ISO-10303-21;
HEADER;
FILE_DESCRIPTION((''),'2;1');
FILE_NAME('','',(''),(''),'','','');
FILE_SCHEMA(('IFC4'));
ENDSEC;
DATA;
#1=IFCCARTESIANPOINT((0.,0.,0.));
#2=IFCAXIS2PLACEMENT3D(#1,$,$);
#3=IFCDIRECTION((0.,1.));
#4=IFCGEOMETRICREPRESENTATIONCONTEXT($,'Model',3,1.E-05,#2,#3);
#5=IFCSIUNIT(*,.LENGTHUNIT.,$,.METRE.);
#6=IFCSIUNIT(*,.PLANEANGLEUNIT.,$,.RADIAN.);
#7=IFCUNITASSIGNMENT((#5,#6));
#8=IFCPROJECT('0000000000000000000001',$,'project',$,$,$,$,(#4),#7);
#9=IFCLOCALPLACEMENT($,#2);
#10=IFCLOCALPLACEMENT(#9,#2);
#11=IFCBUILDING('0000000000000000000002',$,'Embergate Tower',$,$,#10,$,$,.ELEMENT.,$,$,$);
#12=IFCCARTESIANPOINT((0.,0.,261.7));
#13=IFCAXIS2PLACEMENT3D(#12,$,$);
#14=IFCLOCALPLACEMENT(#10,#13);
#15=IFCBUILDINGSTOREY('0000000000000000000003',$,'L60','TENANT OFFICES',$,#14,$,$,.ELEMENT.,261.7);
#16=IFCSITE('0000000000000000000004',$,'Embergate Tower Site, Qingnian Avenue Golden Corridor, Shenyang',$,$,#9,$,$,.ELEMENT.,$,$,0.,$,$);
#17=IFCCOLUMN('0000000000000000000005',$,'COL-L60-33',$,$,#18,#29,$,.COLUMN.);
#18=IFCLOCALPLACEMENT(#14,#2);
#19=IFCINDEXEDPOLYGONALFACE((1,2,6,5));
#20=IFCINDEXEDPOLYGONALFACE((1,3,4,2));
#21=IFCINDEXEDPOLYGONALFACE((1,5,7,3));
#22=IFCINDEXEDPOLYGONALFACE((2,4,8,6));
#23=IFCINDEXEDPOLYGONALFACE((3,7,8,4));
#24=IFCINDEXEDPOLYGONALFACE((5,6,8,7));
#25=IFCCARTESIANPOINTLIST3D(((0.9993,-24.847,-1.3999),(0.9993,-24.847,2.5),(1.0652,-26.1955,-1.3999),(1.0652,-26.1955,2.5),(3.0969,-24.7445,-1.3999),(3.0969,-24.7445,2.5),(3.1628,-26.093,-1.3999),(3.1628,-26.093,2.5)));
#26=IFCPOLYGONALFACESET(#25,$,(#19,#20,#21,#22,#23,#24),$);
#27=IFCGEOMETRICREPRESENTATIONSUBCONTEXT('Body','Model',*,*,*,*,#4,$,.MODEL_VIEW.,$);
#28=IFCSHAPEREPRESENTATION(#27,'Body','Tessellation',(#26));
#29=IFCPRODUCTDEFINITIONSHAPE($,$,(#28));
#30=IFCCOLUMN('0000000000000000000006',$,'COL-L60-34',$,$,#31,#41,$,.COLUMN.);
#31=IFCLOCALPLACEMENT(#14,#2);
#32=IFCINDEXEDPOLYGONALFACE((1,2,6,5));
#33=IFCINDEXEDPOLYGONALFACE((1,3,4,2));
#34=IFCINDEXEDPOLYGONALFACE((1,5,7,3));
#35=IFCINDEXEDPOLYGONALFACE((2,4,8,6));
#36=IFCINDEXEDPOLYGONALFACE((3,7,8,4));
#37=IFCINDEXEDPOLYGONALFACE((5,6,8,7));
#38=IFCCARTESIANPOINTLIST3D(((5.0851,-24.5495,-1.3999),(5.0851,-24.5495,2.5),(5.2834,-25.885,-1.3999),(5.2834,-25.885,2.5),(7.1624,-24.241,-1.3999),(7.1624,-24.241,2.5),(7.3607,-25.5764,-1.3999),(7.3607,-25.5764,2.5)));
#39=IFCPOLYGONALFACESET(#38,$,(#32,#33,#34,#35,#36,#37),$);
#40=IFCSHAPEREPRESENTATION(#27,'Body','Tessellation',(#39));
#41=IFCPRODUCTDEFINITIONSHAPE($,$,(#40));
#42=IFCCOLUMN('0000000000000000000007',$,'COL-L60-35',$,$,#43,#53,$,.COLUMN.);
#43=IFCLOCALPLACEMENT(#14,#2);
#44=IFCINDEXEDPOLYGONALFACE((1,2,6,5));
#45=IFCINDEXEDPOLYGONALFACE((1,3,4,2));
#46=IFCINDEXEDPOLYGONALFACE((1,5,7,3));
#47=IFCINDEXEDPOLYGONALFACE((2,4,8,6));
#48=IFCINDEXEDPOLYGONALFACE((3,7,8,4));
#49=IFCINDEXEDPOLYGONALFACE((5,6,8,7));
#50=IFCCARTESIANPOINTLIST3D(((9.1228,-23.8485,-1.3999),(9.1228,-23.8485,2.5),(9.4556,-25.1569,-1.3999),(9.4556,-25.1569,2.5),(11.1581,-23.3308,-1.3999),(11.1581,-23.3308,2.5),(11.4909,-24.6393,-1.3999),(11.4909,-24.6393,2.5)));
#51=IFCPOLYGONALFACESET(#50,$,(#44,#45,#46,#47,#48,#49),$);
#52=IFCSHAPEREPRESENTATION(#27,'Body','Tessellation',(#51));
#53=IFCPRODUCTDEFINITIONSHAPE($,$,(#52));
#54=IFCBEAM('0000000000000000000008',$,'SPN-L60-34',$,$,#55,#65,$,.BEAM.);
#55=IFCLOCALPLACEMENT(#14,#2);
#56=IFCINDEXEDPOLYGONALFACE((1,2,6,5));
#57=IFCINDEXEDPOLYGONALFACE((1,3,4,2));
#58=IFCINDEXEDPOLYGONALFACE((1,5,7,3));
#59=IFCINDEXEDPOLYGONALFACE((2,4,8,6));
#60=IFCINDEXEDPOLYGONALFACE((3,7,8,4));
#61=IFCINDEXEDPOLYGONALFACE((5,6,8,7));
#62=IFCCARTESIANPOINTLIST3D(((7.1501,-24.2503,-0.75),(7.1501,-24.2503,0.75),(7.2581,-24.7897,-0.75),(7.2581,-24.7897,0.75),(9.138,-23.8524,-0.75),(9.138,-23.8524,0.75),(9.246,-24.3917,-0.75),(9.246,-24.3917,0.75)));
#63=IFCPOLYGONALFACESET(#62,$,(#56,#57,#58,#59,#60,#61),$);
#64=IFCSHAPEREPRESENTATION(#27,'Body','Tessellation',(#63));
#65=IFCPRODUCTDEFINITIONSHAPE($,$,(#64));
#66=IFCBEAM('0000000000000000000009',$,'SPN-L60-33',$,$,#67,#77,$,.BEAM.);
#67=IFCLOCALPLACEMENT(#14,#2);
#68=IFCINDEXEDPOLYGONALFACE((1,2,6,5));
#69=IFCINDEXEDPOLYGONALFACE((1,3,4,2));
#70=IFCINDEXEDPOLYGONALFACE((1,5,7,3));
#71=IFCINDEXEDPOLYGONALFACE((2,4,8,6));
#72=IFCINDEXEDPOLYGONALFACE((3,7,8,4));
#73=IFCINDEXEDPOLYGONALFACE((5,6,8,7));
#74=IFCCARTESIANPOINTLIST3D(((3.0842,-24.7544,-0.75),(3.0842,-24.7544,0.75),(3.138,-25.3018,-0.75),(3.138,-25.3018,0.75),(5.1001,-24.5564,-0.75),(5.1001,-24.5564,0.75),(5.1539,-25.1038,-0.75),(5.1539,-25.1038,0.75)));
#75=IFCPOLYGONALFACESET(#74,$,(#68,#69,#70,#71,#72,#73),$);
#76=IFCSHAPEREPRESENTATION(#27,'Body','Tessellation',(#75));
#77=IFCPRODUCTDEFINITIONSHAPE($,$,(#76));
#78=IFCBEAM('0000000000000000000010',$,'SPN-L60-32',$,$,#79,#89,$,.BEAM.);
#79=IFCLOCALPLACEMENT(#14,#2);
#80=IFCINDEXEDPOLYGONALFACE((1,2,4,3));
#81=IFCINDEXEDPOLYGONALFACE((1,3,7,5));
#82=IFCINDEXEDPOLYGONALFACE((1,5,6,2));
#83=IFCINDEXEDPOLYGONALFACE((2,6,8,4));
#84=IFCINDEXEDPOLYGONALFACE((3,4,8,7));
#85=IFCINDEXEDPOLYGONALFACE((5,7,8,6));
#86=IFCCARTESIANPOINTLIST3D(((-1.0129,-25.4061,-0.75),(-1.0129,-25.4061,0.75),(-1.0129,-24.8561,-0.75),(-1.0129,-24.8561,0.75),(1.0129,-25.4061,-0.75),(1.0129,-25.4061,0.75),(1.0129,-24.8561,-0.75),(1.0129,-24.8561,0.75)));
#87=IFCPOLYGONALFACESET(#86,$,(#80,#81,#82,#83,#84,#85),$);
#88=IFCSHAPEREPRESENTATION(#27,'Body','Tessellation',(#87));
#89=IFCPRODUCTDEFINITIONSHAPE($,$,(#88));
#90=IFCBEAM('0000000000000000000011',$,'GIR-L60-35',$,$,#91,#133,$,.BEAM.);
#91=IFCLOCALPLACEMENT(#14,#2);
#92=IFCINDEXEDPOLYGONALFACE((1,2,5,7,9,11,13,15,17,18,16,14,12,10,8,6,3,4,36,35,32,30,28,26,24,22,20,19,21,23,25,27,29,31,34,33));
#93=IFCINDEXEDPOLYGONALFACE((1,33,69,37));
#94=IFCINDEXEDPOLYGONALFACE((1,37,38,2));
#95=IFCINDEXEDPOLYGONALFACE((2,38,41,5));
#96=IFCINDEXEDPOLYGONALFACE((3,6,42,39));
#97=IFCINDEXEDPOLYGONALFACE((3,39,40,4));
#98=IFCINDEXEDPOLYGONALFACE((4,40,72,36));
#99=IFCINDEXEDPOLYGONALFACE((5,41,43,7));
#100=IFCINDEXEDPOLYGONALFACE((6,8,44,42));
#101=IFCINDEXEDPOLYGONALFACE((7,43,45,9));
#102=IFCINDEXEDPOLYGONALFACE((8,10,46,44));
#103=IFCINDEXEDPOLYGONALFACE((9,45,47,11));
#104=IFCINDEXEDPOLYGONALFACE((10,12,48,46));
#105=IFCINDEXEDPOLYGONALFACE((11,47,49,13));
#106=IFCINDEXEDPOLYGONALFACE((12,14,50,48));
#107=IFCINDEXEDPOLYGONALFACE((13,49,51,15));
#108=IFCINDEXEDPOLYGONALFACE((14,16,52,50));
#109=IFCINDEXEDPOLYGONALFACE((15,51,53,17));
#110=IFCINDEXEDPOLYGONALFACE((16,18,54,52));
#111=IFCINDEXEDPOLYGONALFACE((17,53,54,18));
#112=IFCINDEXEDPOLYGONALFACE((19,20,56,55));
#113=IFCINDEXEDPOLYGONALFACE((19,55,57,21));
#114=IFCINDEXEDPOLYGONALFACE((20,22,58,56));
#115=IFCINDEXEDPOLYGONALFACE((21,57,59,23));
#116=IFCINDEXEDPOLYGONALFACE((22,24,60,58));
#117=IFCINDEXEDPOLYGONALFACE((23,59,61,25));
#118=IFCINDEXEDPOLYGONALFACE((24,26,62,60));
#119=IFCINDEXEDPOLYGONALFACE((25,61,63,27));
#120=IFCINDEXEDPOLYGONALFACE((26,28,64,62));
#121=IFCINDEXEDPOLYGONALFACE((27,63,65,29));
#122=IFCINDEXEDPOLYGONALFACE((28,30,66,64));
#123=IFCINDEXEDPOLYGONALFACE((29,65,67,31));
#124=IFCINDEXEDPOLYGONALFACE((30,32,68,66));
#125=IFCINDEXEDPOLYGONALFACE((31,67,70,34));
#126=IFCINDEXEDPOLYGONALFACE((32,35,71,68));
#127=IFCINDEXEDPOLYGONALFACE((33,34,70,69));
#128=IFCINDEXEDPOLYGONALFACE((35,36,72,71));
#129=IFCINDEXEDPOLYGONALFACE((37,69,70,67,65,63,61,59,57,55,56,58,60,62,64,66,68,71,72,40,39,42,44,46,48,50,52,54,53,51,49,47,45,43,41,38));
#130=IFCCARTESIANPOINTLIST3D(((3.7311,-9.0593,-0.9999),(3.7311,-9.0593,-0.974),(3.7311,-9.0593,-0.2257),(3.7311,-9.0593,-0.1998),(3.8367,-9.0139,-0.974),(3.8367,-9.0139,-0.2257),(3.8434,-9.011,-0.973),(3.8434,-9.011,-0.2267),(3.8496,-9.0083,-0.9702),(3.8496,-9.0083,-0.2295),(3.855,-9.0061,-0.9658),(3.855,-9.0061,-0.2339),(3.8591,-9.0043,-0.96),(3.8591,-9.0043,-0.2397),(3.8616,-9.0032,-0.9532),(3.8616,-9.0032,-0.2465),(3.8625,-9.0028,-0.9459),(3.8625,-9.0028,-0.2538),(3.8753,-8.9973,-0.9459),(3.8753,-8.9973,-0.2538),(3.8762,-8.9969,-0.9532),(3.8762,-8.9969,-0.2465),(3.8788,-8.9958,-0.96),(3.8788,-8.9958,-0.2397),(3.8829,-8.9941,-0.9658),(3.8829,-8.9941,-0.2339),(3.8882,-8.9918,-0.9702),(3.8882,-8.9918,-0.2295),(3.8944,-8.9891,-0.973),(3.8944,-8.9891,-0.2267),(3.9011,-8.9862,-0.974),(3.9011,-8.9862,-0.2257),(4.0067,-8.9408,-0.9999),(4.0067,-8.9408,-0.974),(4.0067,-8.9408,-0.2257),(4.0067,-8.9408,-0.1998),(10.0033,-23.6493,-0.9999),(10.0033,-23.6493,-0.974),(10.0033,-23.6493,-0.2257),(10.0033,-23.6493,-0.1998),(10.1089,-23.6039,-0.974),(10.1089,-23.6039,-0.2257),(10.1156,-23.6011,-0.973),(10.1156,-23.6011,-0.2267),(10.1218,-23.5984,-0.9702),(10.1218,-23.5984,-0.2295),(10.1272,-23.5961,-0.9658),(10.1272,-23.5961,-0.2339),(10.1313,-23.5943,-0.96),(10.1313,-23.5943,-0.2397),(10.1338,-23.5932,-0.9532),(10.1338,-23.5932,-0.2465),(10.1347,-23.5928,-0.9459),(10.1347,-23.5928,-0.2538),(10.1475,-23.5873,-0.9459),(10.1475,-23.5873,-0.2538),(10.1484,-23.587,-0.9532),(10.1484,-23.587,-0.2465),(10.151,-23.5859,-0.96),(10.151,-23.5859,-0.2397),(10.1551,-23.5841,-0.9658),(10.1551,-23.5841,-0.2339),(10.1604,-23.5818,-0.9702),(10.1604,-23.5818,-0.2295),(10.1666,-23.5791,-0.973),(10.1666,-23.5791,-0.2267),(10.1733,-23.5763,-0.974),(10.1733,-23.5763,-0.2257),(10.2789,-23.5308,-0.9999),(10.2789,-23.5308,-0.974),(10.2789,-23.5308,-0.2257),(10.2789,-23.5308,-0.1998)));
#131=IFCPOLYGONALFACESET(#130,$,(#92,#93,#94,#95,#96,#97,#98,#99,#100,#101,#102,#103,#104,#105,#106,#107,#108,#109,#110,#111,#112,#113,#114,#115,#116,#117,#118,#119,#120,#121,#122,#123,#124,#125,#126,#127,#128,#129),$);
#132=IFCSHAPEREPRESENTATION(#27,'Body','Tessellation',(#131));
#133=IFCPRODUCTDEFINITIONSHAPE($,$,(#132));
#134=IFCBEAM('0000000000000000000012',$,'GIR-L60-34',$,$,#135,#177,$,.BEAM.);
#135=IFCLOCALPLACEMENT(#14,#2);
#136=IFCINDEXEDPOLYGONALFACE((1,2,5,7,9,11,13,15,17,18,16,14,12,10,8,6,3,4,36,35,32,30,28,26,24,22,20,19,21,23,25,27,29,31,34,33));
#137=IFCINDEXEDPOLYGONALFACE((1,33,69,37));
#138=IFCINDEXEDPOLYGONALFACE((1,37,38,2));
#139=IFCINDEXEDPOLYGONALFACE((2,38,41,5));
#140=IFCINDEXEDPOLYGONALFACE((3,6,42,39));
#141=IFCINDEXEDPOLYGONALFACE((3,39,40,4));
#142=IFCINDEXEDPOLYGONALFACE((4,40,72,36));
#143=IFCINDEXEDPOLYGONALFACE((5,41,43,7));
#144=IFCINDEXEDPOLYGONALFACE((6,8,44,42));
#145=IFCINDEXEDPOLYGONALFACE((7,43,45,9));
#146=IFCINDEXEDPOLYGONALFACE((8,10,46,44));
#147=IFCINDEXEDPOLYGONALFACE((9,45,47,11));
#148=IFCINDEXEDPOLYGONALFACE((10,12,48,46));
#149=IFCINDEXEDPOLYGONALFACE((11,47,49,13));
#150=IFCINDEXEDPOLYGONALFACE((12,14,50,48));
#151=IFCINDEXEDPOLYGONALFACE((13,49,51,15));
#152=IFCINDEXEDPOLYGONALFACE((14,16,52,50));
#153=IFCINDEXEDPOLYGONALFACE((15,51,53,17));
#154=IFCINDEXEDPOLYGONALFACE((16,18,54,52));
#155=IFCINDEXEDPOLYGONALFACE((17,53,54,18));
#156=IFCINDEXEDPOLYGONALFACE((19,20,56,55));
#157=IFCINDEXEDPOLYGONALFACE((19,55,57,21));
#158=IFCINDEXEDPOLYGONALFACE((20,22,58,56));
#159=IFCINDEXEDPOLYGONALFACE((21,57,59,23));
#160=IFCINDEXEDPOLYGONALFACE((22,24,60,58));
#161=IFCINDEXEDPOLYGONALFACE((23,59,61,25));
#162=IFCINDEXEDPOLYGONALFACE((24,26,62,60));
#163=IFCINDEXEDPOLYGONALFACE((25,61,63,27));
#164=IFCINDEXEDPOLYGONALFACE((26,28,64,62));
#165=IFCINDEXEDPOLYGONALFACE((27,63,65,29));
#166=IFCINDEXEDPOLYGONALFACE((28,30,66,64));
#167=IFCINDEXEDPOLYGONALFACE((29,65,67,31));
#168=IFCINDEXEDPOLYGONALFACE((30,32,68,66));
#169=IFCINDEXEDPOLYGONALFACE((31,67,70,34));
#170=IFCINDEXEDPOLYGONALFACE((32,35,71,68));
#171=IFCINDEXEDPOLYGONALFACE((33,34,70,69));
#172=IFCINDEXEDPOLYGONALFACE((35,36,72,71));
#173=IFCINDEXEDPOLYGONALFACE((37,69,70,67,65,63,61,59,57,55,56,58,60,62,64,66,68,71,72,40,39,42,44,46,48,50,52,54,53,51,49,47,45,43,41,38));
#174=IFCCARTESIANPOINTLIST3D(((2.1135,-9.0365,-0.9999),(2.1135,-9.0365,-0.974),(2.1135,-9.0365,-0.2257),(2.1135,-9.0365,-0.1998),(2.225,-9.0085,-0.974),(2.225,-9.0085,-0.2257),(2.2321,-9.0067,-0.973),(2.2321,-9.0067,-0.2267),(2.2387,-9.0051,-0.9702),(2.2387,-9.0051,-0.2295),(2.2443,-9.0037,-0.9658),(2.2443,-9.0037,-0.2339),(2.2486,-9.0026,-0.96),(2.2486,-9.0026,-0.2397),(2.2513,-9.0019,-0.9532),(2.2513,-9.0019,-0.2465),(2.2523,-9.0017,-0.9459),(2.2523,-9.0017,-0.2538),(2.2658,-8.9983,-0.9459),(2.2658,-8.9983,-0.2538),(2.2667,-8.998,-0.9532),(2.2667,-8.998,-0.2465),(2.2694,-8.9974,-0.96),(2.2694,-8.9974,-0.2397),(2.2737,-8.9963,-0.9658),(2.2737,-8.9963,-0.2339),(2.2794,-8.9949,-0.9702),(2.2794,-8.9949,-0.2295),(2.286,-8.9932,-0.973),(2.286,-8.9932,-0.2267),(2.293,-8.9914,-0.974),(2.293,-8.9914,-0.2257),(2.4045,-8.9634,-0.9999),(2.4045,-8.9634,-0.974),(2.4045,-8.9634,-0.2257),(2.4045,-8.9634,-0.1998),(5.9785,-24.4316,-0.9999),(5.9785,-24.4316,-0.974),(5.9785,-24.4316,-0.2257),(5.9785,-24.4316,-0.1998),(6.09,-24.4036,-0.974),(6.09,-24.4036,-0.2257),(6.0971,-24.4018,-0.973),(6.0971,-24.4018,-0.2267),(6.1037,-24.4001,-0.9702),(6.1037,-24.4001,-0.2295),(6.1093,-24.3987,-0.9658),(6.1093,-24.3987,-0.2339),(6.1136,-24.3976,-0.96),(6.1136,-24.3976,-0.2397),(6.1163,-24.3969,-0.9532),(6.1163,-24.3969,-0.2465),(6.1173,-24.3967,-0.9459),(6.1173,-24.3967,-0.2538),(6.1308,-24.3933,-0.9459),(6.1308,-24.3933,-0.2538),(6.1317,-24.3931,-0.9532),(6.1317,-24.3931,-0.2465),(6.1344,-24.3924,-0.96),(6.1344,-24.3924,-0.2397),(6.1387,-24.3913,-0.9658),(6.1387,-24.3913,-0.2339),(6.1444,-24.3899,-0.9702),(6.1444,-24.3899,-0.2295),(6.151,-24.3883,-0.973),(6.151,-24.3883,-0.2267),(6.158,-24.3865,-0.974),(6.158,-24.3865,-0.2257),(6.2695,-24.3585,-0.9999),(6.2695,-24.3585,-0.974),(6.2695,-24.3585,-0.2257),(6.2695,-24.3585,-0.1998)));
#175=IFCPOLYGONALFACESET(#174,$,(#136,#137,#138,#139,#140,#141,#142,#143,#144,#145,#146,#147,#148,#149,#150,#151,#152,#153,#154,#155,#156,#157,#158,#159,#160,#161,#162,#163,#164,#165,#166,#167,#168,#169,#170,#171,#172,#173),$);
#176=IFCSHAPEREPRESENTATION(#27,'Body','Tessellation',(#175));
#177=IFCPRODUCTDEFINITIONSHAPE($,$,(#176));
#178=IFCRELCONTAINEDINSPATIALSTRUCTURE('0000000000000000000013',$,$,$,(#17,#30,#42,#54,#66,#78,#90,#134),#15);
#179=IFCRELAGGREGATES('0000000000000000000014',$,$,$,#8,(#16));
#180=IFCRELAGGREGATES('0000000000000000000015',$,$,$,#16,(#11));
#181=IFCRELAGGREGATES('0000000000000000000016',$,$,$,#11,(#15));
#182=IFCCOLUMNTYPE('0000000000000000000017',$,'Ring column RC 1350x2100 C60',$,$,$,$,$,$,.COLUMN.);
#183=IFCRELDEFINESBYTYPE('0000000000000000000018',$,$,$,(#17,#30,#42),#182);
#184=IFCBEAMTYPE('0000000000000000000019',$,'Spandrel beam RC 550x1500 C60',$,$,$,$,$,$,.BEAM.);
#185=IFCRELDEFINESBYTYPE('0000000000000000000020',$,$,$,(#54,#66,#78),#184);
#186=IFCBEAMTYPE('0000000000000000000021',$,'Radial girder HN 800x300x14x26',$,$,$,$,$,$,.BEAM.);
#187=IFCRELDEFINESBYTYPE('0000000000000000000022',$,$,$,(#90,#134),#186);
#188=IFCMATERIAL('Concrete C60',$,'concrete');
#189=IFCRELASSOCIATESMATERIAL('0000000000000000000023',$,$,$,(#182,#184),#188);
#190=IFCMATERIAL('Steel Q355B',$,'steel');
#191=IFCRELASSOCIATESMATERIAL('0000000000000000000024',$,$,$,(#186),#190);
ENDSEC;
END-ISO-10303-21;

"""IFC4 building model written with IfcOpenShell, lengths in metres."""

from ifc_helpers import new_model, si_unit, direction, frame, origin, origin_2d, place, context, subcontext, project, spatial, rectangle, i_section, extrude, source, transform, mapped, material, material_profile, profile_set, type_object, element, save


model = new_model("IFC4")

# Units and contexts
model_context = context("Model", 3, precision=1e-05, world=origin(), true_north=direction((0.0, 1.0)))
body_context = subcontext(model_context, "Body", "Model", "MODEL_VIEW")
ifc_project = project(units=[si_unit("LENGTHUNIT", "METRE"), si_unit("PLANEANGLEUNIT", "RADIAN")], contexts=[model_context])

# Site, building, storey
site_placement = place(None, origin())
site = spatial("IfcSite", under=ifc_project, at=site_placement, Name="Embergate Tower Site, Qingnian Avenue Golden Corridor, Shenyang", CompositionType="ELEMENT", RefElevation=0.0)
building_placement = place(site_placement, origin())
building = spatial("IfcBuilding", under=site, at=building_placement, Name="Embergate Tower", CompositionType="ELEMENT")
storey_placement = place(building_placement, frame((0.0, 0.0, 261.7)))
storey = spatial("IfcBuildingStorey", under=building, at=storey_placement, Name="L60", Description="TENANT OFFICES", CompositionType="ELEMENT", Elevation=261.7)

# Columns
ifc_material_1 = material(Name="Concrete C60", Category="concrete")
ifc_material_profile_1 = material_profile(ifc_material_1, rectangle(XDim=1.3501, YDim=2.1001, at=origin_2d()), Name="RC 1350x2100")
ifc_profile_set_1 = profile_set([ifc_material_profile_1], Name="Concrete C60")
column_type = type_object("IfcColumnType", Name="Ring column RC 1350x2100 C60", PredefinedType="COLUMN", material=ifc_profile_set_1)
shared_shape_1 = source(origin(), body_context, "Body", "SweptSolid", [
    extrude(rectangle(XDim=1.3501, YDim=2.1001, at=origin_2d()), origin(), (0.0, 0.0, 1.0), 3.8999),
])
for number, where, z_axis, x_axis, name in (
    (1, (2.0811, -25.47, -1.3999), (0.0, 0.0, 1.0), (0.048815, -0.998808, 0.0), "COL-L60-33"),
    (2, (6.2229, -25.063, -1.3999), (0.0, 0.0, 1.0), (0.146929, -0.989147, 0.0), "COL-L60-34"),
    (3, (10.3069, -24.2439, -1.3999), (0.0, 0.0, 1.0), (0.246492, -0.969145, 0.0), "COL-L60-35"),
):
    element("IfcColumn", number, at=place(storey_placement, frame(where, z_axis=z_axis, x_axis=x_axis)), inside=storey, type_object=column_type, Name=name, PredefinedType="COLUMN", context=body_context, shape_type="MappedRepresentation", body=[
        mapped(shared_shape_1, transform((0.0, 0.0, 0.0))),
    ])

# Beams
ifc_material_profile_2 = material_profile(ifc_material_1, rectangle(XDim=0.55, YDim=1.5, at=origin_2d()), Name="RC 550x1500")
ifc_profile_set_2 = profile_set([ifc_material_profile_2], Name="Concrete C60")
beam_type_1 = type_object("IfcBeamType", Name="Spandrel beam RC 550x1500 C60", PredefinedType="BEAM", material=ifc_profile_set_2)
shared_shape_2 = source(origin(), body_context, "Body", "SweptSolid", [
    extrude(rectangle(XDim=0.55, YDim=1.5, at=origin_2d()), origin(), (0.0, 0.0, 1.0), 2.0273),
])
beam_1_placement = place(storey_placement, frame((7.2041, -24.52, 0.0), z_axis=(0.980544, 0.196301, 0.0), x_axis=(-0.196301, 0.980544, 0.0)))
element("IfcBeam", 4, at=beam_1_placement, inside=storey, type_object=beam_type_1, Name="SPN-L60-34", PredefinedType="BEAM", context=body_context, shape_type="MappedRepresentation", body=[
    mapped(shared_shape_2, transform((0.0, 0.0, 0.0))),
])
shared_shape_3 = source(origin(), body_context, "Body", "SweptSolid", [
    extrude(rectangle(XDim=0.55, YDim=1.5, at=origin_2d()), origin(), (0.0, 0.0, 1.0), 2.0256),
])
beam_2_placement = place(storey_placement, frame((3.1111, -25.0281, 0.0), z_axis=(0.995211, 0.097749, 0.0), x_axis=(-0.097749, 0.995211, 0.0)))
element("IfcBeam", 5, at=beam_2_placement, inside=storey, type_object=beam_type_1, Name="SPN-L60-33", PredefinedType="BEAM", context=body_context, shape_type="MappedRepresentation", body=[
    mapped(shared_shape_3, transform((0.0, 0.0, 0.0))),
])
shared_shape_4 = source(origin(), body_context, "Body", "SweptSolid", [
    extrude(rectangle(XDim=0.55, YDim=1.5, at=origin_2d()), origin(), (0.0, 0.0, 1.0), 2.0259),
])
beam_3_placement = place(storey_placement, frame((-1.0129, -25.1311, 0.0), z_axis=(1.0, 0.0, 0.0), x_axis=(0.0, 1.0, 0.0)))
element("IfcBeam", 6, at=beam_3_placement, inside=storey, type_object=beam_type_1, Name="SPN-L60-32", PredefinedType="BEAM", context=body_context, shape_type="MappedRepresentation", body=[
    mapped(shared_shape_4, transform((0.0, 0.0, 0.0))),
])
ifc_material_2 = material(Name="Steel Q355B", Category="steel")
ifc_material_profile_3 = material_profile(ifc_material_2, i_section(OverallWidth=0.3, OverallDepth=0.8, WebThickness=0.0139, FlangeThickness=0.0259, FilletRadius=0.0281, at=origin_2d()), Name="HN 800x300x14x26")
ifc_profile_set_3 = profile_set([ifc_material_profile_3], Name="Steel Q355 grade B")
beam_type_2 = type_object("IfcBeamType", Name="Radial girder HN 800x300x14x26", PredefinedType="BEAM", material=ifc_profile_set_3)
shared_shape_5 = source(origin(), body_context, "Body", "SweptSolid", [
    extrude(i_section(OverallWidth=0.3, OverallDepth=0.8, WebThickness=0.0139, FlangeThickness=0.0259, FilletRadius=0.0281, at=origin_2d()), origin(), (0.0, 0.0, 1.0), 15.8811),
])
beam_4_placement = place(storey_placement, frame((10.1411, -23.5901, -0.5999), z_axis=(-0.394947, 0.918704, 0.0), x_axis=(-0.918704, -0.394947, 0.0)))
element("IfcBeam", 7, at=beam_4_placement, inside=storey, type_object=beam_type_2, Name="GIR-L60-35", PredefinedType="BEAM", context=body_context, shape_type="MappedRepresentation", body=[
    mapped(shared_shape_5, transform((0.0, 0.0, 0.0))),
])
shared_shape_6 = source(origin(), body_context, "Body", "SweptSolid", [
    extrude(i_section(OverallWidth=0.3, OverallDepth=0.8, WebThickness=0.0139, FlangeThickness=0.0259, FilletRadius=0.0281, at=origin_2d()), origin(), (0.0, 0.0, 1.0), 15.8728),
])
beam_5_placement = place(storey_placement, frame((6.124, -24.395, -0.5999), z_axis=(-0.243498, 0.969901, 0.0), x_axis=(-0.969901, -0.243498, 0.0)))
element("IfcBeam", 8, at=beam_5_placement, inside=storey, type_object=beam_type_2, Name="GIR-L60-34", PredefinedType="BEAM", context=body_context, shape_type="MappedRepresentation", body=[
    mapped(shared_shape_6, transform((0.0, 0.0, 0.0))),
])

save(model, "model.ifc")
